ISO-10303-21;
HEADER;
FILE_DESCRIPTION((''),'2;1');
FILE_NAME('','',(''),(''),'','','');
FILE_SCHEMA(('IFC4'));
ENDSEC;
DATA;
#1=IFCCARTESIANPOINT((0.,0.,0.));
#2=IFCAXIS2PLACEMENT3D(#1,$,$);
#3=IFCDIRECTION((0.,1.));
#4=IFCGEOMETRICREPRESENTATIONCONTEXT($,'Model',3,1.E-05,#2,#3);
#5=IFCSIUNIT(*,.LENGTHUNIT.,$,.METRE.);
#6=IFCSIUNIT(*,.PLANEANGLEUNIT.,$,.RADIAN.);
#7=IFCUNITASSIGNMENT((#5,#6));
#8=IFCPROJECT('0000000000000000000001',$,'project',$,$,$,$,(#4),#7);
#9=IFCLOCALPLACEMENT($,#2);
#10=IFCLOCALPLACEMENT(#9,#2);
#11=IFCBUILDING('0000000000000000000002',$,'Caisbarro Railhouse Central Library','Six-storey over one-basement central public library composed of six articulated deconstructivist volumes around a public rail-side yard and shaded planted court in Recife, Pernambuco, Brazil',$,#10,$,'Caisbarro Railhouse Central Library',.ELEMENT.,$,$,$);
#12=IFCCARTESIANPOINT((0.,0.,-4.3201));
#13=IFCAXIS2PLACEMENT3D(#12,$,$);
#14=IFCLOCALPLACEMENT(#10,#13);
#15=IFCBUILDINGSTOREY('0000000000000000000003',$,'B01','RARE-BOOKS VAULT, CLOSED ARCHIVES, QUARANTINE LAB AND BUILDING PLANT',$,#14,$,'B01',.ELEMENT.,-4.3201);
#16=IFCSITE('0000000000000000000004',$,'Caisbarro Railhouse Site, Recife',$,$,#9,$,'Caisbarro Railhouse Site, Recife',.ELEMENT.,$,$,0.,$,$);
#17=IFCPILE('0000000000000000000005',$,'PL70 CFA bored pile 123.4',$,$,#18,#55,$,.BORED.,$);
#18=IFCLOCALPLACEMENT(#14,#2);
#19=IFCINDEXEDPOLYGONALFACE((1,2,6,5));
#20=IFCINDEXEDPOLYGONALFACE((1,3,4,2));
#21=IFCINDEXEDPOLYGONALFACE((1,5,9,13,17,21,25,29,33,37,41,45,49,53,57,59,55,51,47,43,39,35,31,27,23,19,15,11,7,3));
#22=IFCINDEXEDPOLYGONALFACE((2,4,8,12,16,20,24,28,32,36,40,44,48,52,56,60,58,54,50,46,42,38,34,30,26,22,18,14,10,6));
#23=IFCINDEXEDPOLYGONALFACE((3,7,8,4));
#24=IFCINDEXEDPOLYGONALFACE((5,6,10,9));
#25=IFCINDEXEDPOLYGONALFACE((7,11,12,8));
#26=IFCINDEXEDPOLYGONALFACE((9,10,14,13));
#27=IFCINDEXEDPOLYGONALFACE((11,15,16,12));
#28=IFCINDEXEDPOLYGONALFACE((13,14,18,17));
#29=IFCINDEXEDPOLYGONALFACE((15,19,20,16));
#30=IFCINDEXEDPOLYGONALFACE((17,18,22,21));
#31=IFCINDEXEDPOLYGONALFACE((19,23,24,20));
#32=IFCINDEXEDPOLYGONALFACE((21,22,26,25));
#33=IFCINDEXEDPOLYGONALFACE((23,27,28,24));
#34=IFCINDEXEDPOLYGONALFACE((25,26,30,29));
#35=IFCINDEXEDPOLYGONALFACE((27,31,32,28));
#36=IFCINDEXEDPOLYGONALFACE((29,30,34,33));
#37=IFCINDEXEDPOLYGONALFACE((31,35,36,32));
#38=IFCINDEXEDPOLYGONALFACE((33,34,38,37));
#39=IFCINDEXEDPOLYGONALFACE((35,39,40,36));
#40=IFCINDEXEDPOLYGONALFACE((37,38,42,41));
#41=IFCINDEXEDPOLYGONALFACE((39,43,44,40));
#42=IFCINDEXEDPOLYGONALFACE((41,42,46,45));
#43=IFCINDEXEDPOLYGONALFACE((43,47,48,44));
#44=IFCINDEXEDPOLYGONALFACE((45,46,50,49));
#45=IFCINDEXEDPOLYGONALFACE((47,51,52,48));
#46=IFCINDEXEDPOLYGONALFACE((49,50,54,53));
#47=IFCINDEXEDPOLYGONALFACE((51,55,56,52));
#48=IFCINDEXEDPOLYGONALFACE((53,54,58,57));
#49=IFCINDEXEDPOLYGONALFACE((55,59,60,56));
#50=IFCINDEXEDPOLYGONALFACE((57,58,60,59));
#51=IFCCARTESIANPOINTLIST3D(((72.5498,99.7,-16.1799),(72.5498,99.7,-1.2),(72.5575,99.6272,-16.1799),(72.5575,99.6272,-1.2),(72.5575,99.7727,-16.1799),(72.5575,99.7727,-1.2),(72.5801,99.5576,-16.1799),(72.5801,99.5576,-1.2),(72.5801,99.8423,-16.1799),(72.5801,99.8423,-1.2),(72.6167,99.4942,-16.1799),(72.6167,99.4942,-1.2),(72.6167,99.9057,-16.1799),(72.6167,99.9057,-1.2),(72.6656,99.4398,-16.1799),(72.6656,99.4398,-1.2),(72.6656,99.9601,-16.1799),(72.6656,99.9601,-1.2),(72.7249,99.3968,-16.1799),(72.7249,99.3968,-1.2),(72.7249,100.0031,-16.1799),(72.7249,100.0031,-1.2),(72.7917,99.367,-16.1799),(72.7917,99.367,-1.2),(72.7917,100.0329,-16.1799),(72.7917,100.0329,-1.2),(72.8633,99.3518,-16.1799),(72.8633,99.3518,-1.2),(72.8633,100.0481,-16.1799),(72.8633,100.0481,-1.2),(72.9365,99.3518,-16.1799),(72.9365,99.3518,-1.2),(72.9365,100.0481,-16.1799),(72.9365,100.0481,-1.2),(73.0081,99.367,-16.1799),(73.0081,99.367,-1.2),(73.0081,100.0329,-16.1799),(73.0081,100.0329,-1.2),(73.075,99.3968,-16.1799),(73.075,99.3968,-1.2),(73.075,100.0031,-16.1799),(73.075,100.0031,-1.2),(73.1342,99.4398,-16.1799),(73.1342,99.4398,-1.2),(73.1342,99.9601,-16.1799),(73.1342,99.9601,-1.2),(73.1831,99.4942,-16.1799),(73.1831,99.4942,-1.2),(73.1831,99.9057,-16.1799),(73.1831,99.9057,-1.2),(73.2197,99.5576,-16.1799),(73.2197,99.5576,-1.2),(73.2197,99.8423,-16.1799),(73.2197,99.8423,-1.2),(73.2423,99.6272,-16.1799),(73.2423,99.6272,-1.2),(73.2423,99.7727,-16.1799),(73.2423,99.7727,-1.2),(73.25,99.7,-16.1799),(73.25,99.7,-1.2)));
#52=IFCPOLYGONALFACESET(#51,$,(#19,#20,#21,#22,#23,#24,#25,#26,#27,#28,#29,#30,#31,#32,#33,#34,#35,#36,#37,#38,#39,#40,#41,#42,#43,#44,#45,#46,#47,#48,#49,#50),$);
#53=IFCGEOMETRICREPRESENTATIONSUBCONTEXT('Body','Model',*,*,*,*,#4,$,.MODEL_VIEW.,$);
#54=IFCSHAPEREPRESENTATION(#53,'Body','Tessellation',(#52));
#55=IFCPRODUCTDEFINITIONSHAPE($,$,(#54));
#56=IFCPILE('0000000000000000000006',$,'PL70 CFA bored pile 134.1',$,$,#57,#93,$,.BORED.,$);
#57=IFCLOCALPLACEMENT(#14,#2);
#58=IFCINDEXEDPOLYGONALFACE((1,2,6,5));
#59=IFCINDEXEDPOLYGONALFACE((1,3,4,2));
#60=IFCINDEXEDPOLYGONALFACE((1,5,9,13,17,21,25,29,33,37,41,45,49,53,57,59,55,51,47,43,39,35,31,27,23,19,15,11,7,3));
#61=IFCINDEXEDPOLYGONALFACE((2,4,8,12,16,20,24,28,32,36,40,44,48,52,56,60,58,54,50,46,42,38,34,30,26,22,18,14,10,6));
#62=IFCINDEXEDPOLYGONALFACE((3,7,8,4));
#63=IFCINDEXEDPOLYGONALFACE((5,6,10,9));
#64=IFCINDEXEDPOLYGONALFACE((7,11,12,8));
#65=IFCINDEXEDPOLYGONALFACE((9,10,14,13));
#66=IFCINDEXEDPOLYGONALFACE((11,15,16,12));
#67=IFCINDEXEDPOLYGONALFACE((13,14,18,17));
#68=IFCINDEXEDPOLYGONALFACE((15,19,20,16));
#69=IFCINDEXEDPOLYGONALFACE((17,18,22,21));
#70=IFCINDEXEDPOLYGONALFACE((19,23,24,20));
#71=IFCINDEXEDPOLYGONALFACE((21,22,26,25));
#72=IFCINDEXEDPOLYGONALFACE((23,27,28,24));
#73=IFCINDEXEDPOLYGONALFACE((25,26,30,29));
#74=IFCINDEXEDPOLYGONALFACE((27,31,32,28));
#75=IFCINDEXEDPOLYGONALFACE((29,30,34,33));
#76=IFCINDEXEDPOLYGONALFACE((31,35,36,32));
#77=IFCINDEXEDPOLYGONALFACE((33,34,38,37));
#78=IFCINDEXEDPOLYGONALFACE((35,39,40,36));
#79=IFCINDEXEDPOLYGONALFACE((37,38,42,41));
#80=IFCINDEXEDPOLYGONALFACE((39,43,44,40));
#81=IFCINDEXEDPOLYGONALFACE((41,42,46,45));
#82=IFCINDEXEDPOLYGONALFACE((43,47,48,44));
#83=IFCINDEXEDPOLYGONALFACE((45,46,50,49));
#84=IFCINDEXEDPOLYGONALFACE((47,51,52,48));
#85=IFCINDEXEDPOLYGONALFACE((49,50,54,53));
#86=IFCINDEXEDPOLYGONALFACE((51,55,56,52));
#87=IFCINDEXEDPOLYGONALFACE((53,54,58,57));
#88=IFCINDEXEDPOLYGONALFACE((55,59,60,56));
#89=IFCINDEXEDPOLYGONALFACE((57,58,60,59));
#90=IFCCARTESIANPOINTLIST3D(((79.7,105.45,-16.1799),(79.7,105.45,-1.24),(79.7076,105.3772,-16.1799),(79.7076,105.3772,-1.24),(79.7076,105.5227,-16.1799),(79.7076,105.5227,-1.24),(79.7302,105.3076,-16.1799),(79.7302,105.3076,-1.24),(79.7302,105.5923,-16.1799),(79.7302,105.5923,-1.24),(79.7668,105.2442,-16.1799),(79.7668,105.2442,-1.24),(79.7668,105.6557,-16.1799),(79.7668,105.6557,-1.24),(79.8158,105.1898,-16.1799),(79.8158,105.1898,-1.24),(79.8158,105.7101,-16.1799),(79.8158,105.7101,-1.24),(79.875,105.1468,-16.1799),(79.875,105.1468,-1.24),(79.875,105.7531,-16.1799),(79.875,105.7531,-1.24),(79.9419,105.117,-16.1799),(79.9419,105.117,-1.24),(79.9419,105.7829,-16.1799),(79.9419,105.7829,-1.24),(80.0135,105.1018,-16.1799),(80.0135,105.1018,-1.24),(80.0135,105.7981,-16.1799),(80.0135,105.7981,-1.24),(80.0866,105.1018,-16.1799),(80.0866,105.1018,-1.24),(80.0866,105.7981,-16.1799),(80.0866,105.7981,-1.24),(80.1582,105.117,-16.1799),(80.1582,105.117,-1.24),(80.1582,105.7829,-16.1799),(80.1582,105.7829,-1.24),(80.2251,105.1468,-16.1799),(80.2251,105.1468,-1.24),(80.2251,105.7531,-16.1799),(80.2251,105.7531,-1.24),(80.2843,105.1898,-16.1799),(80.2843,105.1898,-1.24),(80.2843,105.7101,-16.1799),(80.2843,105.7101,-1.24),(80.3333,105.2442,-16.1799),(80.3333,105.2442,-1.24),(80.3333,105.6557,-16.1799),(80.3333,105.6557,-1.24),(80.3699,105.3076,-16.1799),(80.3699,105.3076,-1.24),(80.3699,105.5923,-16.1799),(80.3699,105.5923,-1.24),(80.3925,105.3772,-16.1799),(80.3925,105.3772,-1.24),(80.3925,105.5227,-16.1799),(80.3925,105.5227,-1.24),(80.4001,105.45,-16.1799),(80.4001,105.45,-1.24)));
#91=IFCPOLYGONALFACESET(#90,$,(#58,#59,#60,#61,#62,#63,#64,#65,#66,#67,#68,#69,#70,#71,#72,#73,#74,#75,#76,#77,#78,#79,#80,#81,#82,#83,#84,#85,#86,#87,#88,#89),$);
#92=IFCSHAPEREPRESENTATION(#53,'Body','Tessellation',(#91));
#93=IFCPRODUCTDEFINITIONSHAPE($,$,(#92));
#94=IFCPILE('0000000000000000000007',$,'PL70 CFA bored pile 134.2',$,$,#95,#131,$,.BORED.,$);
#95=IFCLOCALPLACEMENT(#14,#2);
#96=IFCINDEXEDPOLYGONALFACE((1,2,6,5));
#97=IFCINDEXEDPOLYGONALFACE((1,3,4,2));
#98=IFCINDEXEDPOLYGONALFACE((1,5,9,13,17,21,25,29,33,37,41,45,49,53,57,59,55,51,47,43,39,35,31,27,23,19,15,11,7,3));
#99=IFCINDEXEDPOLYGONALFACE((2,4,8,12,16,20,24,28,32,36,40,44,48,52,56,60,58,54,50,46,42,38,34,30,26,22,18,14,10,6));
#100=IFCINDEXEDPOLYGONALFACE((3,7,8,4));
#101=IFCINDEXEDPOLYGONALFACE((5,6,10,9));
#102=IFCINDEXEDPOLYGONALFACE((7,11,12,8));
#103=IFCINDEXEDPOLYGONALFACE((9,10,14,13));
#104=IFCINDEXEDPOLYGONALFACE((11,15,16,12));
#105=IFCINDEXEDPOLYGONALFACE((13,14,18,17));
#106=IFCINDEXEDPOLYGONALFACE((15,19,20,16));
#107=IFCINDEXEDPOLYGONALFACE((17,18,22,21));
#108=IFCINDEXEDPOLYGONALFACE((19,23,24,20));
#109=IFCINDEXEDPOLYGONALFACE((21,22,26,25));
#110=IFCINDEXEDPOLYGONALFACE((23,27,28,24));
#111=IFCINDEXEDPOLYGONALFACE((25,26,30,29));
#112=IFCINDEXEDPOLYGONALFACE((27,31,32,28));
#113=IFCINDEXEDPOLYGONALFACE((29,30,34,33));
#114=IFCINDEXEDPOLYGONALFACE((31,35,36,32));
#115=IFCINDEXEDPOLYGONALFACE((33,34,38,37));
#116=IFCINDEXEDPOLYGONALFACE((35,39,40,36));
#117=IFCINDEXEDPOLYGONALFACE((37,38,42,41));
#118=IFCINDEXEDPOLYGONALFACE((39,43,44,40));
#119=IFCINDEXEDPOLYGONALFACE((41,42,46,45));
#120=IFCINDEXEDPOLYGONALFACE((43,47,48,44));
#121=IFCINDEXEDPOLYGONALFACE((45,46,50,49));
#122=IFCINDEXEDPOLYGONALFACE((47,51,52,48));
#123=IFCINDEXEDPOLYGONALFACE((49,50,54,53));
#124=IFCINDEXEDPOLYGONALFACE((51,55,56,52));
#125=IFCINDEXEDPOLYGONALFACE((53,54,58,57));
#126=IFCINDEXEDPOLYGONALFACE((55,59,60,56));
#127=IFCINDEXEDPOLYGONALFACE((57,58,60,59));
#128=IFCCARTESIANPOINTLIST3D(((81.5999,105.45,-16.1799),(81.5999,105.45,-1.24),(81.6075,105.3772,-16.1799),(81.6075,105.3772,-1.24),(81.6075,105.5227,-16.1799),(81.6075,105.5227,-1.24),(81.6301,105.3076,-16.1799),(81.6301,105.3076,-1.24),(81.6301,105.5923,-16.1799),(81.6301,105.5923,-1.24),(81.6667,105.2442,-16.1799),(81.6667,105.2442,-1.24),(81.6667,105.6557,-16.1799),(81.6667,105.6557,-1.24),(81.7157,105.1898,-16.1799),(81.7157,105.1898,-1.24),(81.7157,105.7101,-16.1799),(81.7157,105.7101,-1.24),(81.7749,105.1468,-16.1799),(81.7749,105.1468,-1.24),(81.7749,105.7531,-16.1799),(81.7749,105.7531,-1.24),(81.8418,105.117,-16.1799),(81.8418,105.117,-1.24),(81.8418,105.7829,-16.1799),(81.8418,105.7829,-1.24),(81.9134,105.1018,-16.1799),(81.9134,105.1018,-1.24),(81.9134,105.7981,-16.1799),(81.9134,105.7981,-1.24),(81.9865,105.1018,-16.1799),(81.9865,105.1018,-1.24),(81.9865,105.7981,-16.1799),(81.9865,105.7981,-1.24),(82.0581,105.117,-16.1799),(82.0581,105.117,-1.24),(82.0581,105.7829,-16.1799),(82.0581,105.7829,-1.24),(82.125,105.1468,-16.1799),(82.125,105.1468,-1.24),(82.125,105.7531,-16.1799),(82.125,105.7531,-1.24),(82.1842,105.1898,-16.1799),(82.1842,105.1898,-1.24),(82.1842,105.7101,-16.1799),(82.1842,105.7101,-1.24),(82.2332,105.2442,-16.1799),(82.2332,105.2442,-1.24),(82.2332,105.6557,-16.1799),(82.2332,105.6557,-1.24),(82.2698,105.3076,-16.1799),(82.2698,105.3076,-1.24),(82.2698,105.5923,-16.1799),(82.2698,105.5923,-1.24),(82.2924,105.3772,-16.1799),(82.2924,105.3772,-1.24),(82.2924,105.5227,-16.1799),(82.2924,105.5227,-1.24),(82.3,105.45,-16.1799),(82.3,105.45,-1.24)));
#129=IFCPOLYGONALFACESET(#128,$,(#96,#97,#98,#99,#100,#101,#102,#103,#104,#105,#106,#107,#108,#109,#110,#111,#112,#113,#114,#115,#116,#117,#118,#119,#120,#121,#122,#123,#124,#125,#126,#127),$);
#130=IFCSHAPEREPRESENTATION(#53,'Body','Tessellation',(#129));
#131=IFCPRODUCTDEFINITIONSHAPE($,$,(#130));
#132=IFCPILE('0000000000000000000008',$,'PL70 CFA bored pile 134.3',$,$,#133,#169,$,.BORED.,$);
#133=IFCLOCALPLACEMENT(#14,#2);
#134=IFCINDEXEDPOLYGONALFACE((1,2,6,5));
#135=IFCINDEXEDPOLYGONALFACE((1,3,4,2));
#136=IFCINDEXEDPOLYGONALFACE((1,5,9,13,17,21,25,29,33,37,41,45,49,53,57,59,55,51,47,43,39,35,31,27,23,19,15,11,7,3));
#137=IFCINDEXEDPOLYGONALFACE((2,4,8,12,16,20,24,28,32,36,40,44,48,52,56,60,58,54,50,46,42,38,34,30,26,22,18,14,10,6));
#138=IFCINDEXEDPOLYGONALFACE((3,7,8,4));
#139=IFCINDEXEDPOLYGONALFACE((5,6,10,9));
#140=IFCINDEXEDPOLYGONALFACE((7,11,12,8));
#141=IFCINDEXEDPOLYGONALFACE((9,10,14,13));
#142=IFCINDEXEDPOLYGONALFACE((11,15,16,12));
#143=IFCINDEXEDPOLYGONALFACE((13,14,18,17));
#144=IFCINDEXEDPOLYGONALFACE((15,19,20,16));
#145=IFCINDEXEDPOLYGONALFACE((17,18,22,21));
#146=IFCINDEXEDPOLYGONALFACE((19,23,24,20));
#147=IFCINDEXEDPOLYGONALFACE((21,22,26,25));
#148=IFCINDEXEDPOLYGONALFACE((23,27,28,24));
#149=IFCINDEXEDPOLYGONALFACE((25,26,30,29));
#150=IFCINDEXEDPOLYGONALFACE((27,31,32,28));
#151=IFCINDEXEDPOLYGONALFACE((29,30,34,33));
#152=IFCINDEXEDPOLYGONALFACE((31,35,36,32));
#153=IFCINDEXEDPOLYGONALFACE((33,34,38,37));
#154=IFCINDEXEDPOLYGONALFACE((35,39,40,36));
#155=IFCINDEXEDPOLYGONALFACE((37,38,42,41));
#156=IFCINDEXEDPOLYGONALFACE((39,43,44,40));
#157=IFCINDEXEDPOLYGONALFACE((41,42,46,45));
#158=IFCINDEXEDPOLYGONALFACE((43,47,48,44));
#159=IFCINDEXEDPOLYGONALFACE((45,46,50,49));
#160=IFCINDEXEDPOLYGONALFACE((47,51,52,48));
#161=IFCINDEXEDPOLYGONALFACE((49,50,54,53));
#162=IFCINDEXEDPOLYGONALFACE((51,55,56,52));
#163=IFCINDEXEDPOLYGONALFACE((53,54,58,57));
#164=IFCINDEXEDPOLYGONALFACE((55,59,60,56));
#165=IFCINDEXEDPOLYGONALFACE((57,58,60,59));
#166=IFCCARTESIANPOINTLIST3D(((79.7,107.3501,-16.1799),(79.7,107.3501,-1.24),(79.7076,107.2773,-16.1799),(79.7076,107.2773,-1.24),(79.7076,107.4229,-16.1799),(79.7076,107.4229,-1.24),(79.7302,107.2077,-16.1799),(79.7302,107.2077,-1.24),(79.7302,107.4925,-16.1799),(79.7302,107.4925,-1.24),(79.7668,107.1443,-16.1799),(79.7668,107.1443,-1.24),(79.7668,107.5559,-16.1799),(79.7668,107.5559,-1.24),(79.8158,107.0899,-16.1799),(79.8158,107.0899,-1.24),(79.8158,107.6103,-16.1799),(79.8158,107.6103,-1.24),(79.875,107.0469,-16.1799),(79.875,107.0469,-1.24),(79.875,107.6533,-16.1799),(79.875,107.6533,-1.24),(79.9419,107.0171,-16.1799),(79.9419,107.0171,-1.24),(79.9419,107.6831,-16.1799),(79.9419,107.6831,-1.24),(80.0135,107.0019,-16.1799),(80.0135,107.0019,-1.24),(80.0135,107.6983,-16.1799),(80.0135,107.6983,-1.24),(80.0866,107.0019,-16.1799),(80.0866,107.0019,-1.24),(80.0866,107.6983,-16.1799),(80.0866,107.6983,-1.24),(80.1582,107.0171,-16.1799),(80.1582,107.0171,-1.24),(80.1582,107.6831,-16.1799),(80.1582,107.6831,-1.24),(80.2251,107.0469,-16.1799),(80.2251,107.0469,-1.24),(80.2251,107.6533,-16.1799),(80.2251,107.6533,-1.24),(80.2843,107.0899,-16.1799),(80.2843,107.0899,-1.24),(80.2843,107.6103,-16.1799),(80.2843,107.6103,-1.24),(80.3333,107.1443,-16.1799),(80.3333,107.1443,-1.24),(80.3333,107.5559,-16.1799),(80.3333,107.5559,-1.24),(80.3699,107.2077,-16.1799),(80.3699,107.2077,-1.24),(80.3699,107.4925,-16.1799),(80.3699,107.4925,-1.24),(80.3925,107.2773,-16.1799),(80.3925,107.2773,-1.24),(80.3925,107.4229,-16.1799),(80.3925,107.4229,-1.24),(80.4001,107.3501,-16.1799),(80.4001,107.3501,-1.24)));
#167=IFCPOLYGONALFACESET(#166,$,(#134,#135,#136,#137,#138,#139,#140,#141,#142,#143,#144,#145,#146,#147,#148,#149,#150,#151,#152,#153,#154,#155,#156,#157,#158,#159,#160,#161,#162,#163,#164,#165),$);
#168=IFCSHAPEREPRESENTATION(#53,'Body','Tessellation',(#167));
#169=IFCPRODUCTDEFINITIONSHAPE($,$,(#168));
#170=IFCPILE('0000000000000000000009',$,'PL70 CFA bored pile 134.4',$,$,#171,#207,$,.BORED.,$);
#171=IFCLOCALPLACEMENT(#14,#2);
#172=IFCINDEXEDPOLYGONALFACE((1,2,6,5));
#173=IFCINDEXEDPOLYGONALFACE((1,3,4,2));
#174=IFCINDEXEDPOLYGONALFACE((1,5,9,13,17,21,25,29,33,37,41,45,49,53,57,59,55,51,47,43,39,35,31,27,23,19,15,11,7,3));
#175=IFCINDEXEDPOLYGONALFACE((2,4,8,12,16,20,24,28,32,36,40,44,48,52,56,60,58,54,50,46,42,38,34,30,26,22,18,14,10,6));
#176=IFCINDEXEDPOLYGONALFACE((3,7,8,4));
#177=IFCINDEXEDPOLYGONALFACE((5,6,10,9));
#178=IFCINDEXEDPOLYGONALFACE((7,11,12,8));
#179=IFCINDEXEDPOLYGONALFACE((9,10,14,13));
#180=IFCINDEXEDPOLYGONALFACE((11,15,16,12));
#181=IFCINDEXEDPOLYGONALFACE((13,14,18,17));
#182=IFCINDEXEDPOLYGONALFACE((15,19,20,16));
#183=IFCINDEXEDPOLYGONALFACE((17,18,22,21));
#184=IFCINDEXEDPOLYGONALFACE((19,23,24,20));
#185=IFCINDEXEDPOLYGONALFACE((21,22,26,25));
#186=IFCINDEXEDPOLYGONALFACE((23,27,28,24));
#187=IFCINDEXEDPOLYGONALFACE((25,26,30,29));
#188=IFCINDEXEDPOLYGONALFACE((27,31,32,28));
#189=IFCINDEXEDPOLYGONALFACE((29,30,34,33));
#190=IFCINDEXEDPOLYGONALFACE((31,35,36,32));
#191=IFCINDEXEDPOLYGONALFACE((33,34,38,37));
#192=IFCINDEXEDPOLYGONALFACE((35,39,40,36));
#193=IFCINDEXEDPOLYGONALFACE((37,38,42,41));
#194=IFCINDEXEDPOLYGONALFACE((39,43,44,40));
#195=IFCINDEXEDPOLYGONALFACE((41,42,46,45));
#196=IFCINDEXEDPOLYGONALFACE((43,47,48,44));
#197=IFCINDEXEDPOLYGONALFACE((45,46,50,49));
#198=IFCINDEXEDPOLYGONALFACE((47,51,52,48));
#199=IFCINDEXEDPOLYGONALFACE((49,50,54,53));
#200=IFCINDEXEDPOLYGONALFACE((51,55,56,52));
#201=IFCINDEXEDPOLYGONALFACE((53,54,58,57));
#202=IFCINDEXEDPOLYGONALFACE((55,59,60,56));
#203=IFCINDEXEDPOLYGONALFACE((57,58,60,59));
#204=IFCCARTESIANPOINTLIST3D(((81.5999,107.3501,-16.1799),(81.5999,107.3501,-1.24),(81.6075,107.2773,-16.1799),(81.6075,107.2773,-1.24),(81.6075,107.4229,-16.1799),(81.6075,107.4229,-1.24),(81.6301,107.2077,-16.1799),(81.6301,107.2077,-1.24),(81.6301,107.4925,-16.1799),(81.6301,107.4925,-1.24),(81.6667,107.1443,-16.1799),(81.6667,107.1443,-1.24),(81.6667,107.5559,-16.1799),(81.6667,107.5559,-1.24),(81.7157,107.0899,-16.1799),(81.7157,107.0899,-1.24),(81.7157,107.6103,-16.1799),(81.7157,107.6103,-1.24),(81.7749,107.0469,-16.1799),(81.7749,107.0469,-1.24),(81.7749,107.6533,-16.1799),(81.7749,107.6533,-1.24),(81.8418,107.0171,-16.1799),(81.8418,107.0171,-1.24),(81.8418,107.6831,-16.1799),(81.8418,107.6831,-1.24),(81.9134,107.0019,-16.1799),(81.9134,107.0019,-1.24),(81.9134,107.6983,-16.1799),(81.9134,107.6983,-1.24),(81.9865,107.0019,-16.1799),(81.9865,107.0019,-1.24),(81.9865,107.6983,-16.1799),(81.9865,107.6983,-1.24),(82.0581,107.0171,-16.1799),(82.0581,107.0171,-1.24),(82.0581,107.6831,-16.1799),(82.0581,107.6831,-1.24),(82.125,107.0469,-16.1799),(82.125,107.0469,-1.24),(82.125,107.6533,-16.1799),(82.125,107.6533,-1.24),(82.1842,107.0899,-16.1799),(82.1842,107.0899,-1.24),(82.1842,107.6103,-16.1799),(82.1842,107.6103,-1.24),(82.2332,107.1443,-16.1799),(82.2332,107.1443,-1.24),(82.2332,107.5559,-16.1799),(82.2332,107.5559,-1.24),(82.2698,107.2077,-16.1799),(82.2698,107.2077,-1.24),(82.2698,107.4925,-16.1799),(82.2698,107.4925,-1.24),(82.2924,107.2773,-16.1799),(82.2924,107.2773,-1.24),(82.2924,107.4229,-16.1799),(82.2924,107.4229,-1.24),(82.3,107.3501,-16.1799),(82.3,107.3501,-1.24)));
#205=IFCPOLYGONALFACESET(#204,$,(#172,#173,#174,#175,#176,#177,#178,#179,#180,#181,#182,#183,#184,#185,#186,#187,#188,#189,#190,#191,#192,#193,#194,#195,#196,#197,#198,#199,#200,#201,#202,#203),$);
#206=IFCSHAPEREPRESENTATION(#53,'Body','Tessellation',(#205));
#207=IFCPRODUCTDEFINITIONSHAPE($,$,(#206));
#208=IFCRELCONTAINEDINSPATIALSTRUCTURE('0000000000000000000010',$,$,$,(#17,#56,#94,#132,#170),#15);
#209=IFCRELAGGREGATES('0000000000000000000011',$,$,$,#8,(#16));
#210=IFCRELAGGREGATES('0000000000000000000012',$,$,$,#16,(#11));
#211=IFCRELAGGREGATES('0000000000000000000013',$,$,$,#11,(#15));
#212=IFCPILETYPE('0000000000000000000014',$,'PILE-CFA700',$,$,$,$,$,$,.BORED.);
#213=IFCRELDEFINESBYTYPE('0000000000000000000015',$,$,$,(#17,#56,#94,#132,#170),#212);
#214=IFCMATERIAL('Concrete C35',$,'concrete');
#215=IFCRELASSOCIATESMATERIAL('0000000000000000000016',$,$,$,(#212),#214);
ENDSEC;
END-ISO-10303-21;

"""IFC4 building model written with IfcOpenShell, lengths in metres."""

from ifc_helpers import new_model, si_unit, direction, frame, origin, origin_2d, place, context, subcontext, project, spatial, circle, extrude, material, material_profile, profile_set, type_object, element, save


model = new_model("IFC4")

# Units and contexts
model_context = context("Model", 3, precision=1e-05, world=origin(), true_north=direction((0.0, 1.0)))
body_context = subcontext(model_context, "Body", "Model", "MODEL_VIEW")
ifc_project = project(units=[si_unit("LENGTHUNIT", "METRE"), si_unit("PLANEANGLEUNIT", "RADIAN")], contexts=[model_context])

# Site, building, storey
site_placement = place(None, origin())
site = spatial("IfcSite", under=ifc_project, at=site_placement, Name="Caisbarro Railhouse Site, Recife", LongName="Caisbarro Railhouse Site, Recife", CompositionType="ELEMENT", RefElevation=0.0)
building_placement = place(site_placement, origin())
building = spatial("IfcBuilding", under=site, at=building_placement, Name="Caisbarro Railhouse Central Library", Description="Six-storey over one-basement central public library composed of six articulated deconstructivist volumes around a public rail-side yard and shaded planted court in Recife, Pernambuco, Brazil", LongName="Caisbarro Railhouse Central Library", CompositionType="ELEMENT")
storey_placement = place(building_placement, frame((0.0, 0.0, -4.3201)))
storey = spatial("IfcBuildingStorey", under=building, at=storey_placement, Name="B01", Description="RARE-BOOKS VAULT, CLOSED ARCHIVES, QUARANTINE LAB AND BUILDING PLANT", LongName="B01", CompositionType="ELEMENT", Elevation=-4.3201)

# Shared definitions
ifc_material_1 = material(Name="Concrete C35", Category="concrete")

# Piles
ifc_material_profile_1 = material_profile(ifc_material_1, circle(Radius=0.3501, at=origin_2d()), Name="PILE-CFA-700")
ifc_profile_set_1 = profile_set([ifc_material_profile_1], Name="Concrete C35")
pile_type_1 = type_object("IfcPileType", Name="PILE-CFA700", PredefinedType="BORED", material=ifc_profile_set_1)
for number, where, z_axis, x_axis, name in (
    (1, (72.8999, 99.7, -1.2), (0.0, 0.0, -1.0), (1.0, 0.0, 0.0), "PL70 CFA bored pile 123.4"),
):
    element("IfcPile", number, at=place(storey_placement, frame(where, z_axis=z_axis, x_axis=x_axis)), inside=storey, type_object=pile_type_1, Name=name, PredefinedType="BORED", context=body_context, shape_type="SweptSolid", body=[
        extrude(circle(Radius=0.3501, at=origin_2d()), origin(), (0.0, 0.0, 1.0), 14.98),
    ])
for number, where, z_axis, x_axis, name in (
    (2, (80.05, 105.45, -1.24), (0.0, 0.0, -1.0), (1.0, 0.0, 0.0), "PL70 CFA bored pile 134.1"),
    (3, (81.95, 105.45, -1.24), (0.0, 0.0, -1.0), (1.0, 0.0, 0.0), "PL70 CFA bored pile 134.2"),
    (4, (80.05, 107.3501, -1.24), (0.0, 0.0, -1.0), (1.0, 0.0, 0.0), "PL70 CFA bored pile 134.3"),
    (5, (81.95, 107.3501, -1.24), (0.0, 0.0, -1.0), (1.0, 0.0, 0.0), "PL70 CFA bored pile 134.4"),
):
    element("IfcPile", number, at=place(storey_placement, frame(where, z_axis=z_axis, x_axis=x_axis)), inside=storey, type_object=pile_type_1, Name=name, PredefinedType="BORED", context=body_context, shape_type="SweptSolid", body=[
        extrude(circle(Radius=0.3501, at=origin_2d()), origin(), (0.0, 0.0, 1.0), 14.9399),
    ])

save(model, "model.ifc")
